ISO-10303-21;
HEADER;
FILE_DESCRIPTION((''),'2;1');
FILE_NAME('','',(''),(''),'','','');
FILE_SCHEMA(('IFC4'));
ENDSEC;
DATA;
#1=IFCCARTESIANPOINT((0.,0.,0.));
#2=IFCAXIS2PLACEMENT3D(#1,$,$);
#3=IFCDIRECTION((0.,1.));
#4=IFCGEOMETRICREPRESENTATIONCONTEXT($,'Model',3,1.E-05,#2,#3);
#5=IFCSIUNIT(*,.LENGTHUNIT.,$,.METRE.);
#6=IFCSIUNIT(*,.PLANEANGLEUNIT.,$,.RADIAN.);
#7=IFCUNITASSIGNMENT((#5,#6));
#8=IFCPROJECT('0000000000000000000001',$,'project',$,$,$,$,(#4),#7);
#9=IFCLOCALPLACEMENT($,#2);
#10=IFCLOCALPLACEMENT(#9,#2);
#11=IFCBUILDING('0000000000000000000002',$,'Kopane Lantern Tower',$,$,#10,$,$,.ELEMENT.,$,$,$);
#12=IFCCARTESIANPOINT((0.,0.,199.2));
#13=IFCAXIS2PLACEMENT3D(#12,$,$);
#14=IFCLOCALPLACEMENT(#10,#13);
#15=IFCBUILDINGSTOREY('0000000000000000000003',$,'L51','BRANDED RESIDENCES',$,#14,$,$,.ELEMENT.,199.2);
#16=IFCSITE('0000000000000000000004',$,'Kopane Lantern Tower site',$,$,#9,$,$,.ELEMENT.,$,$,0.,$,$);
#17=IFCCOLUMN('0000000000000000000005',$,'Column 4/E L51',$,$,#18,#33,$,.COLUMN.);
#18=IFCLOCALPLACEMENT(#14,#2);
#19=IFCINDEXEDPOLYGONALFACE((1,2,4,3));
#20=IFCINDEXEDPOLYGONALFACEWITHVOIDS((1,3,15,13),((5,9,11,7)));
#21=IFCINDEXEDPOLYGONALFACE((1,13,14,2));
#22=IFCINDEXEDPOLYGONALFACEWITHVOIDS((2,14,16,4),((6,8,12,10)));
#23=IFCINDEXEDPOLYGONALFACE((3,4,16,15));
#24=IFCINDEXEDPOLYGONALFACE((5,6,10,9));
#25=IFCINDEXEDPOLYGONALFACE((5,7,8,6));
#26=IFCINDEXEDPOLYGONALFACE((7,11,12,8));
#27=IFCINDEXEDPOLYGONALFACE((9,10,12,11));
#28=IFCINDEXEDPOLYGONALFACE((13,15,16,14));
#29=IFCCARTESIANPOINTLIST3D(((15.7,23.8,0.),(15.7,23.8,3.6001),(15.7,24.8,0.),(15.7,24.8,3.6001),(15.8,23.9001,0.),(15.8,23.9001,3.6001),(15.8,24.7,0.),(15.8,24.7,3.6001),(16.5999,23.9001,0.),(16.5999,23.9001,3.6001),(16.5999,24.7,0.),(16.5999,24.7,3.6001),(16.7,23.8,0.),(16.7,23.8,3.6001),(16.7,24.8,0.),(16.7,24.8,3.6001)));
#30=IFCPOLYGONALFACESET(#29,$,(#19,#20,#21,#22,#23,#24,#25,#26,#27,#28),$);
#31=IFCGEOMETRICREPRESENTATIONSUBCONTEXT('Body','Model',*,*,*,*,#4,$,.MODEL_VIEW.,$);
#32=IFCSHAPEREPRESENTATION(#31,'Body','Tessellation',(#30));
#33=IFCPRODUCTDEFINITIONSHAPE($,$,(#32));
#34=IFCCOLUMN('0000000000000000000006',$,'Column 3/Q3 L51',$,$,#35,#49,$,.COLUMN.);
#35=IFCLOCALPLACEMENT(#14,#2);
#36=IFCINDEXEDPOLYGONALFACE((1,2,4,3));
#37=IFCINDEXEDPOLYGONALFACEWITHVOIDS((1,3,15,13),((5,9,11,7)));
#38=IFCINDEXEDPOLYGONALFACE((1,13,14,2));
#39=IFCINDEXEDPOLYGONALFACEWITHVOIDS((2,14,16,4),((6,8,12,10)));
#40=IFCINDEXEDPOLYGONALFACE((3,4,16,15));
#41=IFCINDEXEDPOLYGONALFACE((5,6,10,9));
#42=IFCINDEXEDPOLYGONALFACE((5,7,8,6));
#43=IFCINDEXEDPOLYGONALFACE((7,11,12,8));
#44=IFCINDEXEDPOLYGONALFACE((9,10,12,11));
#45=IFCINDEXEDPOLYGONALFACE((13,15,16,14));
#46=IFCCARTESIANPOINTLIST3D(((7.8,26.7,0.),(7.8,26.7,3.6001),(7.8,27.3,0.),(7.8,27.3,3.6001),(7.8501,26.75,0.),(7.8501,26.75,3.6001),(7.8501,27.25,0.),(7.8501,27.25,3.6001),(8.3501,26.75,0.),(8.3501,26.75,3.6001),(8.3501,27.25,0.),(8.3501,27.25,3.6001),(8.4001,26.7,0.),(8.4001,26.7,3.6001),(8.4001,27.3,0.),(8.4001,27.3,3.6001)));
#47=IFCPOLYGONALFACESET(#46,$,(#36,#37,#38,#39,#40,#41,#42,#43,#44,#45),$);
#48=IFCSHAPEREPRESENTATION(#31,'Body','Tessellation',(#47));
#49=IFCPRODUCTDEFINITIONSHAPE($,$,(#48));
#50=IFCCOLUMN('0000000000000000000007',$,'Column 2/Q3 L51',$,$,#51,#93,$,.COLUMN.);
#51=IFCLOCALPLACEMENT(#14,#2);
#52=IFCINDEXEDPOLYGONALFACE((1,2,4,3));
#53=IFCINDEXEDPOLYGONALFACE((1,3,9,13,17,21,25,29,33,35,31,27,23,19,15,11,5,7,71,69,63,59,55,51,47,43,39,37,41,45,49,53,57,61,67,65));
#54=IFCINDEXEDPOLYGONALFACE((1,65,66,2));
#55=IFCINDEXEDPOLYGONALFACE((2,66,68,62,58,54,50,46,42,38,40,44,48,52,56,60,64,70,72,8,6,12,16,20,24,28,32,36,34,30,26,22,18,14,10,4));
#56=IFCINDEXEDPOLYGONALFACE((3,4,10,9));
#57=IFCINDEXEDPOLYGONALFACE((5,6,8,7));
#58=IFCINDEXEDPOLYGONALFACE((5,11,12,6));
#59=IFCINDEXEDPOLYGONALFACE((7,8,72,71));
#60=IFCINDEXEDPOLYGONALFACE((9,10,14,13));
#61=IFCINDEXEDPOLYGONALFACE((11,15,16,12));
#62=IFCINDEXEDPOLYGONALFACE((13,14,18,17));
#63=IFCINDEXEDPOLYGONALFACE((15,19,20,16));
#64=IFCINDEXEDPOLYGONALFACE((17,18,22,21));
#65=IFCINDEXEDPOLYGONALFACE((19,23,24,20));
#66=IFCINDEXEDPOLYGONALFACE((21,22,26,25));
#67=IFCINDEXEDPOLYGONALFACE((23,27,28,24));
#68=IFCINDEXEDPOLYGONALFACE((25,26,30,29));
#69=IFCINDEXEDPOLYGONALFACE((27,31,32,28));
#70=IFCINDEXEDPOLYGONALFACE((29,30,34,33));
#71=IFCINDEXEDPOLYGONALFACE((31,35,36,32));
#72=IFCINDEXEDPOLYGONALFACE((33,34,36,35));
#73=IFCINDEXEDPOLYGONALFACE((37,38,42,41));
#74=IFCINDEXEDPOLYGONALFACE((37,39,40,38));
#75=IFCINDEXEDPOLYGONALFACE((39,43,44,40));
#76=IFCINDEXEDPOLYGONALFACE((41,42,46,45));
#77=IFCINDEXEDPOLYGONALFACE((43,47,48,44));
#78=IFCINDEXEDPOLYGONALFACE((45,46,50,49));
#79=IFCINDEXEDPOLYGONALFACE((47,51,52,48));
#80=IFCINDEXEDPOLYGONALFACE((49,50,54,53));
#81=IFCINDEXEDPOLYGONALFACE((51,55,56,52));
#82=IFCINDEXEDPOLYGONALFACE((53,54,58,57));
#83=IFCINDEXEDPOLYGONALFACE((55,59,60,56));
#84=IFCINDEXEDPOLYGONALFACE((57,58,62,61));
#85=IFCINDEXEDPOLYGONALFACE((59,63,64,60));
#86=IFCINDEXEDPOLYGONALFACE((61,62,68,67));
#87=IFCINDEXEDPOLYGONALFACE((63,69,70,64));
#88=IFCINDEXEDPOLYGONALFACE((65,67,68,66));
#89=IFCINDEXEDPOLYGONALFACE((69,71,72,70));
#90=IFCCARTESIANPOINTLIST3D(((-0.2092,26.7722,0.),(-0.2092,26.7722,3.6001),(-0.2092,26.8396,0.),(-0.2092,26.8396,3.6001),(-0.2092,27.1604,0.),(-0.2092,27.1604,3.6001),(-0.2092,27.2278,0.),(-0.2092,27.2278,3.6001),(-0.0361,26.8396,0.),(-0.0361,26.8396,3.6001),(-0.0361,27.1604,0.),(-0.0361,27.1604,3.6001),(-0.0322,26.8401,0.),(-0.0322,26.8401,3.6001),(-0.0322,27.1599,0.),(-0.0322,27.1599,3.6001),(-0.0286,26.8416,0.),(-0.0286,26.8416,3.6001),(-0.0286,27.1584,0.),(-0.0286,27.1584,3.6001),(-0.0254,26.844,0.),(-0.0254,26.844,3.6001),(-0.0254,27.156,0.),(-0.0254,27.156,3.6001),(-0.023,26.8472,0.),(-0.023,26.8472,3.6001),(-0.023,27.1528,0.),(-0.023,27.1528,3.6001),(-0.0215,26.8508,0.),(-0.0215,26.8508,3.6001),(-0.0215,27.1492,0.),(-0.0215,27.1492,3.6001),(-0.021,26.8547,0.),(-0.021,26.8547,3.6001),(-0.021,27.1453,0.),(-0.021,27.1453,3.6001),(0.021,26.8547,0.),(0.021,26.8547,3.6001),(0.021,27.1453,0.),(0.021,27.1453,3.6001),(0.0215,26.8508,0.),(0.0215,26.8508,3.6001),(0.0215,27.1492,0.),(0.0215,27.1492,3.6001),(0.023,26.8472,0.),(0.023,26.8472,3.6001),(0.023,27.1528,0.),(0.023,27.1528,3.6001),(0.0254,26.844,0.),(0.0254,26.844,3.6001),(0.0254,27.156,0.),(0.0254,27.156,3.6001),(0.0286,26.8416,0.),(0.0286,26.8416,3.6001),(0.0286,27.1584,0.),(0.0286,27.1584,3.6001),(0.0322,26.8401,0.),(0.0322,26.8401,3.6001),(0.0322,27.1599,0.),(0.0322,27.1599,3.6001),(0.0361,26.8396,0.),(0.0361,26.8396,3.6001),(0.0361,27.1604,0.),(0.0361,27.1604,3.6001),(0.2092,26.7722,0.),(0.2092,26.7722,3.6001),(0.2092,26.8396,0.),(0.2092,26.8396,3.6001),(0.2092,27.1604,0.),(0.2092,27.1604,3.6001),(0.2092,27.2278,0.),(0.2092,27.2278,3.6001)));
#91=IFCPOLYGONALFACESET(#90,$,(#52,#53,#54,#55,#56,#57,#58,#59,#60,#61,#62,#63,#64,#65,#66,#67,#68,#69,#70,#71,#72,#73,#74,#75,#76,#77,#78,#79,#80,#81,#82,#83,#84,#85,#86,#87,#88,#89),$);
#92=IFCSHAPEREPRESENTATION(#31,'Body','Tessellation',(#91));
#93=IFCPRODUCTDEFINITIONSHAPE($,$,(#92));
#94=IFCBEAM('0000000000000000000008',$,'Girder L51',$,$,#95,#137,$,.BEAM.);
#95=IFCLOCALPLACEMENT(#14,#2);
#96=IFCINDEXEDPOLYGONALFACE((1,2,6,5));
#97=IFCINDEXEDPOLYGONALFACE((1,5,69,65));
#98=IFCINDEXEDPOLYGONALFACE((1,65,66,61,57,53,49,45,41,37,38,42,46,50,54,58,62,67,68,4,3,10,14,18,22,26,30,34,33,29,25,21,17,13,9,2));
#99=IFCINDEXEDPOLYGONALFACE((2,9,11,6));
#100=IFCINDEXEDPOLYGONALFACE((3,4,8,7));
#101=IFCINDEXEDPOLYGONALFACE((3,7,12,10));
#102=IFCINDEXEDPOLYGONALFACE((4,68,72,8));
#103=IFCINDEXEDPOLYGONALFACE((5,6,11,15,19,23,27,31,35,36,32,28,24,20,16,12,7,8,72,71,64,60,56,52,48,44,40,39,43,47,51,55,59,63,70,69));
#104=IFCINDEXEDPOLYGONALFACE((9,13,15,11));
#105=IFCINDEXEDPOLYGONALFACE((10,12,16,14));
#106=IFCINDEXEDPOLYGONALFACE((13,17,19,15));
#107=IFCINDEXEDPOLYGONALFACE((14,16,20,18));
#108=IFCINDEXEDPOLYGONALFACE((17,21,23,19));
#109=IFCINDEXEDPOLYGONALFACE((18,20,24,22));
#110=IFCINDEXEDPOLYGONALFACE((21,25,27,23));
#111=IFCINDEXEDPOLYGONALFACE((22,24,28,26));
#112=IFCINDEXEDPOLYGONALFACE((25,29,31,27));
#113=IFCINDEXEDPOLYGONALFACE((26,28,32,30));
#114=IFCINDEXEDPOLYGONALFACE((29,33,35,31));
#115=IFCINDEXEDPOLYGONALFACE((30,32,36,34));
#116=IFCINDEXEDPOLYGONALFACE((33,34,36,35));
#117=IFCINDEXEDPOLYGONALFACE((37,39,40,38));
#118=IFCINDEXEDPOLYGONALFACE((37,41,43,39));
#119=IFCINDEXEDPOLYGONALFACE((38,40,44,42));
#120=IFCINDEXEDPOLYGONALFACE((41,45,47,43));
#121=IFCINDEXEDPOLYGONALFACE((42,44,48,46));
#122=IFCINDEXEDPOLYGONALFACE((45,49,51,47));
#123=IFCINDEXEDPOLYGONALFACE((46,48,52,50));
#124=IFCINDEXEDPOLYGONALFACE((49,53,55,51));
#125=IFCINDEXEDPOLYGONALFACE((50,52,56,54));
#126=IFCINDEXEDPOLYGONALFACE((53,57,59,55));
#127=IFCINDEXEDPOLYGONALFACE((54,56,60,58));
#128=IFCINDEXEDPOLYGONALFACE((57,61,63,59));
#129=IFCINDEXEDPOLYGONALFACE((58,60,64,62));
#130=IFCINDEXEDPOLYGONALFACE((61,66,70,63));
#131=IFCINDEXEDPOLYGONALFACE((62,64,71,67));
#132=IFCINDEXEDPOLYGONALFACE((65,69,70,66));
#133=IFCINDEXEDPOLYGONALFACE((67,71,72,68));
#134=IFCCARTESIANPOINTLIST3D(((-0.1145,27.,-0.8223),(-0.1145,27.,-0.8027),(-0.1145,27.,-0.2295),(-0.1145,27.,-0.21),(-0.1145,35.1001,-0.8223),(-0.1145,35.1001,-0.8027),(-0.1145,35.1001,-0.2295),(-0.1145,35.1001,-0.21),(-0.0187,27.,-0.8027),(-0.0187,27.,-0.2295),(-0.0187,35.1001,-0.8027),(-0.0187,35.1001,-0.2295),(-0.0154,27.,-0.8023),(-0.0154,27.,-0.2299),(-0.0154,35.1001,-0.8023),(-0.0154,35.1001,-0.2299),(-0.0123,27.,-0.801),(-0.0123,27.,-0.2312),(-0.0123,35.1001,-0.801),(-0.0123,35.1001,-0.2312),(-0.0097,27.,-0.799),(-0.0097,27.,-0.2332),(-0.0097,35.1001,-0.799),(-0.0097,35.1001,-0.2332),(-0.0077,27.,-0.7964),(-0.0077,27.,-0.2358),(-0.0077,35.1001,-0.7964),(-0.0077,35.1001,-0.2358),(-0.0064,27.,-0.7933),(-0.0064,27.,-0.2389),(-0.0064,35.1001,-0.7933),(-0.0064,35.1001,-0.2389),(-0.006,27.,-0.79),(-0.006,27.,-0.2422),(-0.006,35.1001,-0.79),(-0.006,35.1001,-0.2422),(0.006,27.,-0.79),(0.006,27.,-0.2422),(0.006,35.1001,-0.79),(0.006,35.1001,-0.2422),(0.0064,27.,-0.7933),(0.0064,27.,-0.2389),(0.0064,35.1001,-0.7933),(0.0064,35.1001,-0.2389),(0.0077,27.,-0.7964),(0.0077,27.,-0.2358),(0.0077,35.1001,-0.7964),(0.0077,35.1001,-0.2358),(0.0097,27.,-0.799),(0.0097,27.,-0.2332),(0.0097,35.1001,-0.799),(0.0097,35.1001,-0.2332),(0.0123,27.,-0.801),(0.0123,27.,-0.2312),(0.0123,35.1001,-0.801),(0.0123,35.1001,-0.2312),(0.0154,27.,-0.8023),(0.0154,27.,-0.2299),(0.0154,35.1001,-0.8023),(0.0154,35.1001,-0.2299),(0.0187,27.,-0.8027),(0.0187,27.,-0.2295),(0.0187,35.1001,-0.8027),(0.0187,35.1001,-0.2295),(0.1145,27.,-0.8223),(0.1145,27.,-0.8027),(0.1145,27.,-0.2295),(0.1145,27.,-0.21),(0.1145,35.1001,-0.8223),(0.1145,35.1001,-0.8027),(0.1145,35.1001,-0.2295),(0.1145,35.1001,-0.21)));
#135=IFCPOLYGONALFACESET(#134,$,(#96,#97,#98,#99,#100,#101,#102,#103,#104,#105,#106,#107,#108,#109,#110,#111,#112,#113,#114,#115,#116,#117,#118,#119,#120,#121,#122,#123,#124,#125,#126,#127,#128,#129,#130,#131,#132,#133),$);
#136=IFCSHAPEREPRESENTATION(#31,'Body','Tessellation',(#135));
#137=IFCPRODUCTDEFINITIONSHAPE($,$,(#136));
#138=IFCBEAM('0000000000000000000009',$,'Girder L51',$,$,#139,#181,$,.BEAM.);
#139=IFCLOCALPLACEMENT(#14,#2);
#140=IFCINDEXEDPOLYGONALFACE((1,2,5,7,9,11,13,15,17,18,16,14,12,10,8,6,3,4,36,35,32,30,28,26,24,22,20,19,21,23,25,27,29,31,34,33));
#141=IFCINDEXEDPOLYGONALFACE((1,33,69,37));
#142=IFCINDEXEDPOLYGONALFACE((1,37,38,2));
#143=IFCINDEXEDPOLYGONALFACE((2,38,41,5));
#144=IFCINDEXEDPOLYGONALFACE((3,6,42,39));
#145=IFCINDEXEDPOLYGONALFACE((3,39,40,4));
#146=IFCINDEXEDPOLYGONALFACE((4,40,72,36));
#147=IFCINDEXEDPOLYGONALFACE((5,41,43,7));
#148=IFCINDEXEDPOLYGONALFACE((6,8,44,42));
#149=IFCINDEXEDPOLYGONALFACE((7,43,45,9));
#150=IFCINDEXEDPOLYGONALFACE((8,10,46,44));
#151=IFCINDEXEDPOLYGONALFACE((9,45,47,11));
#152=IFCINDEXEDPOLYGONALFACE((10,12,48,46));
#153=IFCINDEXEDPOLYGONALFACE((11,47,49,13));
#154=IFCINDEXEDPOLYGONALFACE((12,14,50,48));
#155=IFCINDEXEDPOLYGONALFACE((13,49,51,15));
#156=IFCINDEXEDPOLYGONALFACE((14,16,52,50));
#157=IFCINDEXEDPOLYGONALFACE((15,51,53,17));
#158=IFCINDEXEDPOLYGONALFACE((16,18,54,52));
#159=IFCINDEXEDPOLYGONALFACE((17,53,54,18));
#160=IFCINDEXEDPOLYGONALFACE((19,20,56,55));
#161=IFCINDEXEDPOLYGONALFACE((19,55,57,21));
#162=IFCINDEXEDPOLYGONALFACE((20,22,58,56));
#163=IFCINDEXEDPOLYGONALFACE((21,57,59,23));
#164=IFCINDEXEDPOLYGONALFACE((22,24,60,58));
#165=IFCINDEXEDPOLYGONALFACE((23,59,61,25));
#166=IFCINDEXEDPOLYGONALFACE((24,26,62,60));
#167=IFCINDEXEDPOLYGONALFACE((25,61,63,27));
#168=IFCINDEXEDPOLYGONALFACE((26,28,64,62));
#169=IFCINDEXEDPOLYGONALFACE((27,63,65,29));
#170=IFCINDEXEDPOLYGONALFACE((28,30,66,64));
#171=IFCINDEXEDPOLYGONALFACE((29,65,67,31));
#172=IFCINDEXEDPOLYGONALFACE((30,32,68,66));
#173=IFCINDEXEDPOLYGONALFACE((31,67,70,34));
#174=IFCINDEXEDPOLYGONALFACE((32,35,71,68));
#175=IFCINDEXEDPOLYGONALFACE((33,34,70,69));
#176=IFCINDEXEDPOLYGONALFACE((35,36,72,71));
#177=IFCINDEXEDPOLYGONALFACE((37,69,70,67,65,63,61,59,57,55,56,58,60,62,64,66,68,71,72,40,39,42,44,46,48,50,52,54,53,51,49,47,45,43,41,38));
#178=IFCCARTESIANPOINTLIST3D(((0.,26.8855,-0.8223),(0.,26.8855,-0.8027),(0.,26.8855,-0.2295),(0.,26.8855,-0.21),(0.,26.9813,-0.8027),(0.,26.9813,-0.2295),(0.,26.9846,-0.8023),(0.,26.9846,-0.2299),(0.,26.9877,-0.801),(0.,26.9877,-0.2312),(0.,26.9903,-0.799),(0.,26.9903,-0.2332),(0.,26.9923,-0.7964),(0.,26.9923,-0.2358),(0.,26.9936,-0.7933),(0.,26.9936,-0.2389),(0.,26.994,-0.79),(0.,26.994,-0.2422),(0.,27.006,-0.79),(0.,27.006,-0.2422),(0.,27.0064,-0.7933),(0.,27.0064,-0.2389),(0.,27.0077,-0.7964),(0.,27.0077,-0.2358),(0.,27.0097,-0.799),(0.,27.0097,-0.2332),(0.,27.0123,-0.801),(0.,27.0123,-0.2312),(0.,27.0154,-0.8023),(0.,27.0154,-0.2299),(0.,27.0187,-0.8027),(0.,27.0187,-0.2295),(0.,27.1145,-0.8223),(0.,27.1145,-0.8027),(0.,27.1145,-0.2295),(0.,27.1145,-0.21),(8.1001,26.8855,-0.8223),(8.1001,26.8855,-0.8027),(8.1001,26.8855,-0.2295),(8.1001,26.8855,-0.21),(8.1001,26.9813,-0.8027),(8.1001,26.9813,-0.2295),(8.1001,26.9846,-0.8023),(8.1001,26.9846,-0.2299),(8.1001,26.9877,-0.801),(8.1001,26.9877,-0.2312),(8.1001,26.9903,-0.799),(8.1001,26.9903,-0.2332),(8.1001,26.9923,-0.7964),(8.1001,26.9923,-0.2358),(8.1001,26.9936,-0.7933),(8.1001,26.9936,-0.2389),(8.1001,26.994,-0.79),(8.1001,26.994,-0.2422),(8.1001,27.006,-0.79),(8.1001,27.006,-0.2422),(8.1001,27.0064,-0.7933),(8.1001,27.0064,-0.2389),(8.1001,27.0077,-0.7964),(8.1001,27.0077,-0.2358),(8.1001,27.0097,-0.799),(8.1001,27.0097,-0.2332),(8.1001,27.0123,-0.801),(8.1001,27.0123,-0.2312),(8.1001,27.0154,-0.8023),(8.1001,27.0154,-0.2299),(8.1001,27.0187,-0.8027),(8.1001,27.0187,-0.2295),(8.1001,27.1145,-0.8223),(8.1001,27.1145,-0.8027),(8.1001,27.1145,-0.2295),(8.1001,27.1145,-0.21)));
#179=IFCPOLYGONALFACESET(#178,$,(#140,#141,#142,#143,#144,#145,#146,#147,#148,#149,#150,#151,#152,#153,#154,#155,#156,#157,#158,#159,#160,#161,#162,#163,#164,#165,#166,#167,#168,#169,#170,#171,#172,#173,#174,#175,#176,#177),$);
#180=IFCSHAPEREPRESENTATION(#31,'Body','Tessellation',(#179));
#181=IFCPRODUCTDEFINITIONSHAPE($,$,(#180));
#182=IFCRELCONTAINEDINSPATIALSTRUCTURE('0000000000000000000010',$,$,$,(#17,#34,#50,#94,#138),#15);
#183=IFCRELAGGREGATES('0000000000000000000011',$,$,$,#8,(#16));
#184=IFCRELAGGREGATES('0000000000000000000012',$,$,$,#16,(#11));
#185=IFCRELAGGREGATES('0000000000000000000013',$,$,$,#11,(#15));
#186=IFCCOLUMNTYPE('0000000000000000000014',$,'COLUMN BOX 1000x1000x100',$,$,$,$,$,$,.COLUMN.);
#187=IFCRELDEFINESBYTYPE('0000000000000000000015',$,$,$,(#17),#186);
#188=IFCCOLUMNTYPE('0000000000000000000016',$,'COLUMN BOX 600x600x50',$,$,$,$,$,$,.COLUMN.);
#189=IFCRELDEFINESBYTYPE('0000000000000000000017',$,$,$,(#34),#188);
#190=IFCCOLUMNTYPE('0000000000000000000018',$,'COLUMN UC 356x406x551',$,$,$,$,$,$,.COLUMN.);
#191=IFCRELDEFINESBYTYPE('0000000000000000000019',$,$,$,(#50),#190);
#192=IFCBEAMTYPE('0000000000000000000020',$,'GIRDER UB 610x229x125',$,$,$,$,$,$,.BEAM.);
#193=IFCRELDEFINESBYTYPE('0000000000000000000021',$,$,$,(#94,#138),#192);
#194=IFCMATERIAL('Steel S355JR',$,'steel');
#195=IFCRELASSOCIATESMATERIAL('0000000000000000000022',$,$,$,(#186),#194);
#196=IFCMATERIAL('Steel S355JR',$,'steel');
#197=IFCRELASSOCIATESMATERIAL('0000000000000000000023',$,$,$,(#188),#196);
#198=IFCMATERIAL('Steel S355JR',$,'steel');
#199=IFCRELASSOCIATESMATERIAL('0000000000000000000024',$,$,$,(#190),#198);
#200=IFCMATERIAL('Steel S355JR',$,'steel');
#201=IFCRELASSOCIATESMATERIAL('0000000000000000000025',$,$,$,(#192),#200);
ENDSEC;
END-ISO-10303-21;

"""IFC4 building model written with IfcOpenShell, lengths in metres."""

from ifc_helpers import new_model, si_unit, direction, frame, origin, origin_2d, place, context, subcontext, project, spatial, hollow_rectangle, i_section, extrude, material, material_profile, profile_set, type_object, element, save


model = new_model("IFC4")

# Units and contexts
model_context = context("Model", 3, precision=1e-05, world=origin(), true_north=direction((0.0, 1.0)))
body_context = subcontext(model_context, "Body", "Model", "MODEL_VIEW")
ifc_project = project(units=[si_unit("LENGTHUNIT", "METRE"), si_unit("PLANEANGLEUNIT", "RADIAN")], contexts=[model_context])

# Site, building, storey
site_placement = place(None, origin())
site = spatial("IfcSite", under=ifc_project, at=site_placement, Name="Kopane Lantern Tower site", CompositionType="ELEMENT", RefElevation=0.0)
building_placement = place(site_placement, origin())
building = spatial("IfcBuilding", under=site, at=building_placement, Name="Kopane Lantern Tower", CompositionType="ELEMENT")
storey_placement = place(building_placement, frame((0.0, 0.0, 199.2)))
storey = spatial("IfcBuildingStorey", under=building, at=storey_placement, Name="L51", Description="BRANDED RESIDENCES", CompositionType="ELEMENT", Elevation=199.2)

# Columns
ifc_material_1 = material(Name="Steel S355JR", Category="steel")
ifc_material_profile_1 = material_profile(ifc_material_1, hollow_rectangle(XDim=1.0, YDim=1.0, WallThickness=0.1001, at=origin_2d()), Name="BOX 1000x1000x100")
ifc_profile_set_1 = profile_set([ifc_material_profile_1], Name="Steel S355JR")
column_type_1 = type_object("IfcColumnType", Name="COLUMN BOX 1000x1000x100", PredefinedType="COLUMN", material=ifc_profile_set_1)
column_1_placement = place(storey_placement, frame((16.2, 24.3, 0.0), z_axis=(0.0, 0.0, 1.0), x_axis=(1.0, 0.0, 0.0)))
element("IfcColumn", 1, at=column_1_placement, inside=storey, type_object=column_type_1, Name="Column 4/E L51", PredefinedType="COLUMN", context=body_context, shape_type="SweptSolid", body=[
    extrude(hollow_rectangle(XDim=1.0, YDim=1.0, WallThickness=0.1001, at=origin_2d()), origin(), (0.0, 0.0, 1.0), 3.6001),
])
ifc_material_2 = material(Name="Steel S355JR", Category="steel")
ifc_material_profile_2 = material_profile(ifc_material_2, hollow_rectangle(XDim=0.6001, YDim=0.6001, WallThickness=0.05, at=origin_2d()), Name="BOX 600x600x50")
ifc_profile_set_2 = profile_set([ifc_material_profile_2], Name="Steel S355JR")
column_type_2 = type_object("IfcColumnType", Name="COLUMN BOX 600x600x50", PredefinedType="COLUMN", material=ifc_profile_set_2)
column_2_placement = place(storey_placement, frame((8.1001, 27.0, 0.0), z_axis=(0.0, 0.0, 1.0), x_axis=(1.0, 0.0, 0.0)))
element("IfcColumn", 2, at=column_2_placement, inside=storey, type_object=column_type_2, Name="Column 3/Q3 L51", PredefinedType="COLUMN", context=body_context, shape_type="SweptSolid", body=[
    extrude(hollow_rectangle(XDim=0.6001, YDim=0.6001, WallThickness=0.05, at=origin_2d()), origin(), (0.0, 0.0, 1.0), 3.6001),
])
ifc_material_3 = material(Name="Steel S355JR", Category="steel")
ifc_material_profile_3 = material_profile(ifc_material_3, i_section(OverallWidth=0.4185, OverallDepth=0.4556, WebThickness=0.042, FlangeThickness=0.0674, FilletRadius=0.0151, at=origin_2d()), Name="UC 356x406x551")
ifc_profile_set_3 = profile_set([ifc_material_profile_3], Name="Steel S355JR")
column_type_3 = type_object("IfcColumnType", Name="COLUMN UC 356x406x551", PredefinedType="COLUMN", material=ifc_profile_set_3)
column_3_placement = place(storey_placement, frame((0.0, 27.0, 0.0), z_axis=(0.0, 0.0, 1.0), x_axis=(1.0, 0.0, 0.0)))
element("IfcColumn", 3, at=column_3_placement, inside=storey, type_object=column_type_3, Name="Column 2/Q3 L51", PredefinedType="COLUMN", context=body_context, shape_type="SweptSolid", body=[
    extrude(i_section(OverallWidth=0.4185, OverallDepth=0.4556, WebThickness=0.042, FlangeThickness=0.0674, FilletRadius=0.0151, at=origin_2d()), origin(), (0.0, 0.0, 1.0), 3.6001),
])

# Beams
ifc_material_4 = material(Name="Steel S355JR", Category="steel")
ifc_material_profile_4 = material_profile(ifc_material_4, i_section(OverallWidth=0.229, OverallDepth=0.6123, WebThickness=0.012, FlangeThickness=0.0195, FilletRadius=0.0127, at=origin_2d()), Name="UB 610x229x125")
ifc_profile_set_4 = profile_set([ifc_material_profile_4], Name="Steel S355JR")
beam_type = type_object("IfcBeamType", Name="GIRDER UB 610x229x125", PredefinedType="BEAM", material=ifc_profile_set_4)
for number, where, z_axis, x_axis, name in (
    (4, (0.0, 27.0, -0.5161), (0.0, 1.0, 0.0), (-1.0, 0.0, 0.0), "Girder L51"),
    (5, (0.0, 27.0, -0.5161), (1.0, 0.0, 0.0), (0.0, 1.0, 0.0), "Girder L51"),
):
    element("IfcBeam", number, at=place(storey_placement, frame(where, z_axis=z_axis, x_axis=x_axis)), inside=storey, type_object=beam_type, Name=name, PredefinedType="BEAM", context=body_context, shape_type="SweptSolid", body=[
        extrude(i_section(OverallWidth=0.229, OverallDepth=0.6123, WebThickness=0.012, FlangeThickness=0.0195, FilletRadius=0.0127, at=origin_2d()), origin(), (0.0, 0.0, 1.0), 8.1001),
    ])

save(model, "model.ifc")
